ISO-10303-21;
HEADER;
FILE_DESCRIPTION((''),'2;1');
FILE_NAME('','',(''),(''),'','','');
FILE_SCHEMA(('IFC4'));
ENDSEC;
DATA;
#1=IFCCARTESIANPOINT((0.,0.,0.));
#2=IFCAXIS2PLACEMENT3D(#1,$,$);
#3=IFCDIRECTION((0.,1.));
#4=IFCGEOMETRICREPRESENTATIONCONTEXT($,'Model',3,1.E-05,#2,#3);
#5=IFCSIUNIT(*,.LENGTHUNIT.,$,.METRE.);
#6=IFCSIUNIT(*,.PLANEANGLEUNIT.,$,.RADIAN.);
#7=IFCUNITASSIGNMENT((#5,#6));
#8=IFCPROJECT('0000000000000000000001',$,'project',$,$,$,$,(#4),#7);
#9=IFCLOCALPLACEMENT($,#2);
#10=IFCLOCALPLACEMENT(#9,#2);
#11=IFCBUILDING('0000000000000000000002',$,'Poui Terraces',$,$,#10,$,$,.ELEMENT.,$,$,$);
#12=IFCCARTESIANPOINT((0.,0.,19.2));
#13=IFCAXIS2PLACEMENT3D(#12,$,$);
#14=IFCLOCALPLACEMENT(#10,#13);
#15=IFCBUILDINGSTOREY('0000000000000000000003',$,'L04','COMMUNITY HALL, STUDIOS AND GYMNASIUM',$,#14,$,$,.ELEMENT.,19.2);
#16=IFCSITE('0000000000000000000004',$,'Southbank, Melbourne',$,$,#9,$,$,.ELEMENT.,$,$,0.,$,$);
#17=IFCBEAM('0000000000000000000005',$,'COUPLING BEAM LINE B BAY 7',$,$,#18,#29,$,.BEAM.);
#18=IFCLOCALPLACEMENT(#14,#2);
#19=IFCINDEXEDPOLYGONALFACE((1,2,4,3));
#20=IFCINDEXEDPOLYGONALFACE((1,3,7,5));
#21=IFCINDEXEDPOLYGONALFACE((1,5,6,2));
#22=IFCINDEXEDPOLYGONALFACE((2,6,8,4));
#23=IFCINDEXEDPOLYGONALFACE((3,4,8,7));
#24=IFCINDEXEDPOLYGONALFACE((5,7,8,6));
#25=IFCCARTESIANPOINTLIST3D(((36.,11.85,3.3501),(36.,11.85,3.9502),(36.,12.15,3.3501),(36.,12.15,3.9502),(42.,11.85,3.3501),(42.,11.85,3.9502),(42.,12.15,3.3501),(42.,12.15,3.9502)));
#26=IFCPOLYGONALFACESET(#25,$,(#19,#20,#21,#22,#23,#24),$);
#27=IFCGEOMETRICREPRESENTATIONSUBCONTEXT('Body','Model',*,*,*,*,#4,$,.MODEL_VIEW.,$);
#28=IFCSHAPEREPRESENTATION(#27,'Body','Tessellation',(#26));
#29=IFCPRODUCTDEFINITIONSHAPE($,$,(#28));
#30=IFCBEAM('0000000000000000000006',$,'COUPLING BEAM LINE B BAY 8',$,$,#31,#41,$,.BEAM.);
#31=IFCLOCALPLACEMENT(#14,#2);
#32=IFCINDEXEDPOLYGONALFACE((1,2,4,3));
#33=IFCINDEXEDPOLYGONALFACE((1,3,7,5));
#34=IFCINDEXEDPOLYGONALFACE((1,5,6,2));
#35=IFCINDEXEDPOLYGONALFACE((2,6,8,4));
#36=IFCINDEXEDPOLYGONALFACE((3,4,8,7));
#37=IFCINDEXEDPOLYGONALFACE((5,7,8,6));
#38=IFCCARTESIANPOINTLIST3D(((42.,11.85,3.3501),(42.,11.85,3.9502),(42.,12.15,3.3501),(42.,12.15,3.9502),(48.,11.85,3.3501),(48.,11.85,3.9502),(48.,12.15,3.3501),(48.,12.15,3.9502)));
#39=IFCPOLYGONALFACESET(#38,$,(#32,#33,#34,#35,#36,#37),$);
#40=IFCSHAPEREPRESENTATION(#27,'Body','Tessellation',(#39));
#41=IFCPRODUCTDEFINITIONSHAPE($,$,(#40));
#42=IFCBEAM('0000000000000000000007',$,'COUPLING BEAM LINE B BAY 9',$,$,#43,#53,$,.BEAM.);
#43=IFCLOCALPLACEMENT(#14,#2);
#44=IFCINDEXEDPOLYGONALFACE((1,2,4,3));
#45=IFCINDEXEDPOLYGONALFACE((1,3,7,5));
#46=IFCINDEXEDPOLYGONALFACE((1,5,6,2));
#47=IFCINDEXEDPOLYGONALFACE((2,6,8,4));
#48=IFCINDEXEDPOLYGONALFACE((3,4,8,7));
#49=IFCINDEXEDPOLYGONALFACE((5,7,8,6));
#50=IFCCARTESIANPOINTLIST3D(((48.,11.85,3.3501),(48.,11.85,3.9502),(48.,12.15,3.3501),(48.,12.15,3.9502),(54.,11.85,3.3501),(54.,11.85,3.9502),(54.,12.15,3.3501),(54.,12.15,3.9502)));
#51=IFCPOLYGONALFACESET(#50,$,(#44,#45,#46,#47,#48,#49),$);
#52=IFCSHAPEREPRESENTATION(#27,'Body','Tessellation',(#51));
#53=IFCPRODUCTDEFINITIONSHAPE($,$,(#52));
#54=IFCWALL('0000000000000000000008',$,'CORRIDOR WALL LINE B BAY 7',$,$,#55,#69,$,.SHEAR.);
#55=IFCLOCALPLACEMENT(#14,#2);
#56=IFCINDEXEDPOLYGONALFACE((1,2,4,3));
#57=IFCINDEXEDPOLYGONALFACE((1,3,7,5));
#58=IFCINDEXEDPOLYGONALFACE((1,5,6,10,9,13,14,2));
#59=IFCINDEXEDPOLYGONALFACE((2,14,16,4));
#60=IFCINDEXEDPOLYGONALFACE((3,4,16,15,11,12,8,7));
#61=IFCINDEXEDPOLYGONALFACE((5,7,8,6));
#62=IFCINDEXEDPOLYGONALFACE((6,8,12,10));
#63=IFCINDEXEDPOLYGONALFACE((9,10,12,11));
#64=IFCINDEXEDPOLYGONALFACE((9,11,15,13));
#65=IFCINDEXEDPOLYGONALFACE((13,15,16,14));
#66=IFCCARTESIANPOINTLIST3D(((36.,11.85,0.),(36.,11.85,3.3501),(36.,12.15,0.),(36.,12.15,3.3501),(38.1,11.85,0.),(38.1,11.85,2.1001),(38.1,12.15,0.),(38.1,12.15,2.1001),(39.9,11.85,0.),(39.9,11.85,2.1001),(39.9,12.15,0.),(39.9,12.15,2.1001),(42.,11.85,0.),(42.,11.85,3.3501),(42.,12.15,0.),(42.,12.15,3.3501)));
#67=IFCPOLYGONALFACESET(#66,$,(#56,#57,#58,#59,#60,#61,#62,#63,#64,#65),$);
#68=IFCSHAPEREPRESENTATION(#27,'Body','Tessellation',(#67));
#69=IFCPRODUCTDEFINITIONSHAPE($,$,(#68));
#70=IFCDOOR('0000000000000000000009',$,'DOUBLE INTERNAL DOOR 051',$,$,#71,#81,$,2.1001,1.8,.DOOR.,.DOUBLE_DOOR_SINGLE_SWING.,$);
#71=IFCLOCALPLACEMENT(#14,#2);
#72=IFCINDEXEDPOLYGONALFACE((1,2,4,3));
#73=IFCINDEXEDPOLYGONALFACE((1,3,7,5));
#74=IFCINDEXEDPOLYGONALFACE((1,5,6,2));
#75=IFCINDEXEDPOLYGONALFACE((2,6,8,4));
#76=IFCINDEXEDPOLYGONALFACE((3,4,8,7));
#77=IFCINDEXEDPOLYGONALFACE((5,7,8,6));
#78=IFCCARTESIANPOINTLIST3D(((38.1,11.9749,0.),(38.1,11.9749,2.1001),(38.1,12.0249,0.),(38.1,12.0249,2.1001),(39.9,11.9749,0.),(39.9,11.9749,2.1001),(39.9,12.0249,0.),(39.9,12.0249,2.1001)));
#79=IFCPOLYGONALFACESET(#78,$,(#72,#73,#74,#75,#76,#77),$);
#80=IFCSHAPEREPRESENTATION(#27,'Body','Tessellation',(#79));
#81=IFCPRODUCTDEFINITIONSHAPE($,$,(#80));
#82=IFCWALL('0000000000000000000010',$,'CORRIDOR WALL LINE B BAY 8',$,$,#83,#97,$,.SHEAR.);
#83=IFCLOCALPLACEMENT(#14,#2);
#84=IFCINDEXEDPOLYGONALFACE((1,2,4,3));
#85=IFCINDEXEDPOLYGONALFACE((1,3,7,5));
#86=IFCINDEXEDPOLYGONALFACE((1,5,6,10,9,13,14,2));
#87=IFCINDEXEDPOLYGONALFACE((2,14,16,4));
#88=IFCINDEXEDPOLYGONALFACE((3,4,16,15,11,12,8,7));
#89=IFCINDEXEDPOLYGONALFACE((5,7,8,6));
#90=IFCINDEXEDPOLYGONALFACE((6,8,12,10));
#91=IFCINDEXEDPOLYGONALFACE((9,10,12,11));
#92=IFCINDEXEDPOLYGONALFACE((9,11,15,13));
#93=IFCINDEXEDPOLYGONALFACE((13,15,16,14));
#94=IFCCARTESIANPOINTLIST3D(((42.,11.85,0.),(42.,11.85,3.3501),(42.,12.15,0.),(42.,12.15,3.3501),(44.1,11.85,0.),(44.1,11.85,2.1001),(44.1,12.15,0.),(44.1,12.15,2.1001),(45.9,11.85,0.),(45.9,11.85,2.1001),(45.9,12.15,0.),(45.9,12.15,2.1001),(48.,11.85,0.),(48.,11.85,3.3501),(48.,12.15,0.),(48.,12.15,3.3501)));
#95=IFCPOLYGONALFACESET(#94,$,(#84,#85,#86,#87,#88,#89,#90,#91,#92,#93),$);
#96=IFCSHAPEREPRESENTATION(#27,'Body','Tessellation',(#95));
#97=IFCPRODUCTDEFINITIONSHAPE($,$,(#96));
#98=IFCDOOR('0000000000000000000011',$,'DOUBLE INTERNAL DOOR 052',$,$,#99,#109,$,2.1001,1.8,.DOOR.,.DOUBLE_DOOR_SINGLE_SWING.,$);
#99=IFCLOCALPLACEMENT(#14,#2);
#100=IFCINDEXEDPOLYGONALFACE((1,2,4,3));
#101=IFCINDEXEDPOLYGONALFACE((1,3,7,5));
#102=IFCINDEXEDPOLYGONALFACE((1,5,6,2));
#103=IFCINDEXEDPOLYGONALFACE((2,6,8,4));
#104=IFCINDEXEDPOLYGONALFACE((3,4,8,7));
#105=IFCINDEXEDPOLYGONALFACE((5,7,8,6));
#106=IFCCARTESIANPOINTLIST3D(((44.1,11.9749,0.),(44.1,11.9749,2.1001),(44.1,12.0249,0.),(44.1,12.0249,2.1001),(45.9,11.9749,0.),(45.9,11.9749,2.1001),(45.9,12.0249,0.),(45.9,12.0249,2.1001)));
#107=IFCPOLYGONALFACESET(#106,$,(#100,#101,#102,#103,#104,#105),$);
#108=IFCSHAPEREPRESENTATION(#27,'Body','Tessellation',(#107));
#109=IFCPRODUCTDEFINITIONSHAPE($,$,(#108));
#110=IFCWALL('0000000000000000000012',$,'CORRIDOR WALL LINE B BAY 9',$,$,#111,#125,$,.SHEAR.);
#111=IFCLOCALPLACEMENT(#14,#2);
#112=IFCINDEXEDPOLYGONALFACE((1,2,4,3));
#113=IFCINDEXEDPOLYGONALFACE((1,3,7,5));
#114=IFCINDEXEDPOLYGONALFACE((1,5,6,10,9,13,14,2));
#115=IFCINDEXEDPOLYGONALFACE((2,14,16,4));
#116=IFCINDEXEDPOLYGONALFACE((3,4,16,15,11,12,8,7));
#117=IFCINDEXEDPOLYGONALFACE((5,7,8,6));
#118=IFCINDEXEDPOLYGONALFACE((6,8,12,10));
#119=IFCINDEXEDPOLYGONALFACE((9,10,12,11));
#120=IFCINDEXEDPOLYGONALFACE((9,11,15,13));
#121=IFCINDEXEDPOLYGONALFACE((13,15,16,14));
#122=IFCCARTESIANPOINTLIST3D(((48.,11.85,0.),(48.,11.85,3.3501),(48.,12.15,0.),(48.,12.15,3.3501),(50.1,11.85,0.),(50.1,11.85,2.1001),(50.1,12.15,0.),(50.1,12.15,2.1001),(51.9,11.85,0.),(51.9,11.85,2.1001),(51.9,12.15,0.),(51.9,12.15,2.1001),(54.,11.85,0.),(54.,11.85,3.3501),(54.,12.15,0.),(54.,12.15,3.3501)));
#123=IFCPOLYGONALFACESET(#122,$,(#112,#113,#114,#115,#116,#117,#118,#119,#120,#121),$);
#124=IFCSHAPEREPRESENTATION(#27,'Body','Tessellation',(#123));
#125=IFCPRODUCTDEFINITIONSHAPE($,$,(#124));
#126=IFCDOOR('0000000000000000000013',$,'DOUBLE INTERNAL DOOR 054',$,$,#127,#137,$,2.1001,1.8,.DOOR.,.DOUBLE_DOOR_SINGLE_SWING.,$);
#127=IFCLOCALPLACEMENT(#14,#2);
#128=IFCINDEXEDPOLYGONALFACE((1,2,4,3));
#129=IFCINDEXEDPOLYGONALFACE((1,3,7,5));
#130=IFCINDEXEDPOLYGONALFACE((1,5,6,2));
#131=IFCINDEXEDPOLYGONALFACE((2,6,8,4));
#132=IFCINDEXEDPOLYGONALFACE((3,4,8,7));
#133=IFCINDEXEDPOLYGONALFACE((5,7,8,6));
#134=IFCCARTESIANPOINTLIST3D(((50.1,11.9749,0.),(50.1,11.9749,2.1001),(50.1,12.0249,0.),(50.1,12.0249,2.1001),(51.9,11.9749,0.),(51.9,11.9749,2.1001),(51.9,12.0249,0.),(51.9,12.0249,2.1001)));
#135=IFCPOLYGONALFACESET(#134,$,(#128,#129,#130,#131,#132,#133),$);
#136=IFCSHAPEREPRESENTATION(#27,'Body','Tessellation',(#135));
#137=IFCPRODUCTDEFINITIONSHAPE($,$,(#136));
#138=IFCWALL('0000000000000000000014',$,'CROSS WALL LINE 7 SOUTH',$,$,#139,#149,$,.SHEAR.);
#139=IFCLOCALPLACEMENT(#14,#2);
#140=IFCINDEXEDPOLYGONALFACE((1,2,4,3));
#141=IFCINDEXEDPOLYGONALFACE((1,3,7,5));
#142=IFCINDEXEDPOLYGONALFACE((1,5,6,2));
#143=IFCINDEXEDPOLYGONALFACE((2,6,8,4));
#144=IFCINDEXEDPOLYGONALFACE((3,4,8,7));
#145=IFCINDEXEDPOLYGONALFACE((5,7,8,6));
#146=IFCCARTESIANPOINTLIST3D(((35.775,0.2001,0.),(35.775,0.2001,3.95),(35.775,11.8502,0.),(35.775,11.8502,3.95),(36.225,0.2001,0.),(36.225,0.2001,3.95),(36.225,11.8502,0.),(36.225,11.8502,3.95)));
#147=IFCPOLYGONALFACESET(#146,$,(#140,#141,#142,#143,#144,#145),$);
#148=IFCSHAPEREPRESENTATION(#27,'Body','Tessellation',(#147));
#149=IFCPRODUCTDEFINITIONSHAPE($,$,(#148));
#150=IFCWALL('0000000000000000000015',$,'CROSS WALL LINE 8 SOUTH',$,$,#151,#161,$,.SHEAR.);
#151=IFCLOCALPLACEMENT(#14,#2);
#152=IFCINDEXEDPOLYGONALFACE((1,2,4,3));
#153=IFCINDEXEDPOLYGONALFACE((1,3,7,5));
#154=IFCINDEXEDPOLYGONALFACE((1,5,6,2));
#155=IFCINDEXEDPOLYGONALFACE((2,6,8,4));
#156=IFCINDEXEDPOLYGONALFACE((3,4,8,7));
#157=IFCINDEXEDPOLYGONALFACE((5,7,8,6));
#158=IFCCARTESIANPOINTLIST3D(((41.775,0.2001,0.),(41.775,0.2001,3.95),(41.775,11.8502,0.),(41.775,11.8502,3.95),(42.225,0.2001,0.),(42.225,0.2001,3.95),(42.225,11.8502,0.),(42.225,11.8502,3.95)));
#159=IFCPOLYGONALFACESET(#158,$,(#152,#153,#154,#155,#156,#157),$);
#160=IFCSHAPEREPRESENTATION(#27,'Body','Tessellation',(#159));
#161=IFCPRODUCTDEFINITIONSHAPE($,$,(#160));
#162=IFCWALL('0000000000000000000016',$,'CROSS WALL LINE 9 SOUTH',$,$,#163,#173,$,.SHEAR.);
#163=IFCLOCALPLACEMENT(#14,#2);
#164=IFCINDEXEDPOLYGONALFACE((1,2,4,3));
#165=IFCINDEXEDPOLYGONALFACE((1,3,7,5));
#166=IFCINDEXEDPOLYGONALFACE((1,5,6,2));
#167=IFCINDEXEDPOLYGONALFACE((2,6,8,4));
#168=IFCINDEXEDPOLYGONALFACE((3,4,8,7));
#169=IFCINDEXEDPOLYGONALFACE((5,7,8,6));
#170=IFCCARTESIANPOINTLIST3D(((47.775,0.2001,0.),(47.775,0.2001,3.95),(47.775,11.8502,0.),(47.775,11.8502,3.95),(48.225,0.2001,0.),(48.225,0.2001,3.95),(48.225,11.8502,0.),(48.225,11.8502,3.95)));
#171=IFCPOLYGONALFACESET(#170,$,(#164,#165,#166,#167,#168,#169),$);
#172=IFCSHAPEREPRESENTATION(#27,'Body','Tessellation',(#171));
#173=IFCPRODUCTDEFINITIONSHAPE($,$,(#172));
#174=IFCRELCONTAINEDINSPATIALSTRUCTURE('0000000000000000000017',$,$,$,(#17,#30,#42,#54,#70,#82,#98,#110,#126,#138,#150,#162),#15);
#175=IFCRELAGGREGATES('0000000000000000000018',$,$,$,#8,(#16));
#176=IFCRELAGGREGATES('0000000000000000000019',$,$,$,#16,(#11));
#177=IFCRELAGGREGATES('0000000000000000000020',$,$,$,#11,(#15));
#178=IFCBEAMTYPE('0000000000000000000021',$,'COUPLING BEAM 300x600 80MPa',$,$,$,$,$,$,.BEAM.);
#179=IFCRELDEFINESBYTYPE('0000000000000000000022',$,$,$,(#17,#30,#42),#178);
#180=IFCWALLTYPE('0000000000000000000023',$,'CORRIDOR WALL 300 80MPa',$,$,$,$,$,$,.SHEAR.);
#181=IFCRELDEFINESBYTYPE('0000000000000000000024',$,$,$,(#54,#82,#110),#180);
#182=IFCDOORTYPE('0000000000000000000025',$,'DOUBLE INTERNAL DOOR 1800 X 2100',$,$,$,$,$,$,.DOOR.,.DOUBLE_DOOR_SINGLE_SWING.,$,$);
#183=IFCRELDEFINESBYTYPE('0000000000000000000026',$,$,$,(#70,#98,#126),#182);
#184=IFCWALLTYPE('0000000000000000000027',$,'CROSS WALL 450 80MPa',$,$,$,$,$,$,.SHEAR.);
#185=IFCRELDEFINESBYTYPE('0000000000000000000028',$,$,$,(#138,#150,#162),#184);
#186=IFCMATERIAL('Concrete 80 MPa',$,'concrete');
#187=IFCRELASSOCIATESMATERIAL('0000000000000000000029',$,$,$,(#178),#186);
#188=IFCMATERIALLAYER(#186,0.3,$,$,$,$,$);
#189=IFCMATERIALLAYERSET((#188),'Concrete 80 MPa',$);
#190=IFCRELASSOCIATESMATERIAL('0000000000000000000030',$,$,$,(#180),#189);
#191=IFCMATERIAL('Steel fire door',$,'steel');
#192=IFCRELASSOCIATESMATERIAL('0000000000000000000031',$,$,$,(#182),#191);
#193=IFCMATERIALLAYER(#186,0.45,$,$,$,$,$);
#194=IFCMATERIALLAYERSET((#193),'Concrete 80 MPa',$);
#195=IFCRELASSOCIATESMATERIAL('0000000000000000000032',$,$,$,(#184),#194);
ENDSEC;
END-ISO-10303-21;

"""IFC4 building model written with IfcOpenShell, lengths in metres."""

from ifc_helpers import new_model, si_unit, direction, frame, frame_2d, origin, origin_2d, place, context, subcontext, project, spatial, rectangle, extrude, source, transform, mapped, material, layer, layer_set, material_profile, profile_set, type_object, element, fill, save


model = new_model("IFC4")

# Units and contexts
model_context = context("Model", 3, precision=1e-05, world=origin(), true_north=direction((0.0, 1.0)))
body_context = subcontext(model_context, "Body", "Model", "MODEL_VIEW")
ifc_project = project(units=[si_unit("LENGTHUNIT", "METRE"), si_unit("PLANEANGLEUNIT", "RADIAN")], contexts=[model_context])

# Site, building, storey
site_placement = place(None, origin())
site = spatial("IfcSite", under=ifc_project, at=site_placement, Name="Southbank, Melbourne", CompositionType="ELEMENT", RefElevation=0.0)
building_placement = place(site_placement, origin())
building = spatial("IfcBuilding", under=site, at=building_placement, Name="Poui Terraces", CompositionType="ELEMENT")
storey_placement = place(building_placement, frame((0.0, 0.0, 19.2)))
storey = spatial("IfcBuildingStorey", under=building, at=storey_placement, Name="L04", Description="COMMUNITY HALL, STUDIOS AND GYMNASIUM", CompositionType="ELEMENT", Elevation=19.2)

# Beams
ifc_material_1 = material(Name="Concrete 80 MPa", Category="concrete")
ifc_material_profile = material_profile(ifc_material_1, rectangle(XDim=0.3, YDim=0.6001, at=origin_2d()), Name="RC 300x600")
ifc_profile_set = profile_set([ifc_material_profile], Name="Concrete 80 MPa")
beam_type = type_object("IfcBeamType", Name="COUPLING BEAM 300x600 80MPa", PredefinedType="BEAM", material=ifc_profile_set)
shared_shape = source(origin(), body_context, "Body", "SweptSolid", [
    extrude(rectangle(XDim=0.3, YDim=0.6001, at=origin_2d()), origin(), (0.0, 0.0, 1.0), 6.0),
])
for number, where, z_axis, x_axis, name in (
    (1, (36.0, 12.0, 3.6501), (1.0, 0.0, 0.0), (0.0, 1.0, 0.0), "COUPLING BEAM LINE B BAY 7"),
    (2, (42.0, 12.0, 3.6501), (1.0, 0.0, 0.0), (0.0, 1.0, 0.0), "COUPLING BEAM LINE B BAY 8"),
    (3, (48.0, 12.0, 3.6501), (1.0, 0.0, 0.0), (0.0, 1.0, 0.0), "COUPLING BEAM LINE B BAY 9"),
):
    element("IfcBeam", number, at=place(storey_placement, frame(where, z_axis=z_axis, x_axis=x_axis)), inside=storey, type_object=beam_type, Name=name, PredefinedType="BEAM", context=body_context, shape_type="MappedRepresentation", body=[
        mapped(shared_shape, transform((0.0, 0.0, 0.0))),
    ])

# Walls, openings, doors
ifc_layer_1 = layer(ifc_material_1, 0.3)
ifc_layer_set_1 = layer_set([ifc_layer_1], Name="Concrete 80 MPa")
wall_type_1 = type_object("IfcWallType", Name="CORRIDOR WALL 300 80MPa", PredefinedType="SHEAR", material=ifc_layer_set_1)
wall_1_placement = place(storey_placement, frame((36.0, 12.0, 0.0), z_axis=(0.0, 0.0, 1.0), x_axis=(1.0, 0.0, 0.0)))
wall_1 = element("IfcWall", 4, at=wall_1_placement, inside=storey, type_object=wall_type_1, Name="CORRIDOR WALL LINE B BAY 7", PredefinedType="SHEAR", context=body_context, shape_type="SweptSolid", body=[
    extrude(rectangle(XDim=6.0, YDim=0.3, at=frame_2d((3.0, 0.0))), origin(), (0.0, 0.0, 1.0), 3.3501),
])
opening_1_placement = place(wall_1_placement, frame((2.1001, 0.0, 0.0)))
opening_1 = element("IfcOpeningElement", 5, at=opening_1_placement, cuts=wall_1, PredefinedType="OPENING", context=body_context, shape_type="SweptSolid", body=[
    extrude(rectangle(XDim=1.8, YDim=2.1001, at=frame_2d((0.8999, 1.05))), frame((0.0, 0.1602, 0.0), z_axis=(0.0, -1.0, 0.0), x_axis=(1.0, 0.0, 0.0)), (0.0, 0.0, 1.0), 0.3201),
])
ifc_material_2 = material(Name="Steel fire door", Category="steel")
door_type = type_object("IfcDoorType", Name="DOUBLE INTERNAL DOOR 1800 X 2100", OperationType="DOUBLE_DOOR_SINGLE_SWING", PredefinedType="DOOR", material=ifc_material_2)
door_1_placement = place(opening_1_placement, origin())
door_1 = element("IfcDoor", 6, at=door_1_placement, inside=storey, type_object=door_type, Name="DOUBLE INTERNAL DOOR 051", OperationType="DOUBLE_DOOR_SINGLE_SWING", OverallHeight=2.1001, OverallWidth=1.8, PredefinedType="DOOR", context=body_context, shape_type="SweptSolid", body=[
    extrude(rectangle(XDim=1.8, YDim=2.1001, at=frame_2d((0.8999, 1.05))), frame((0.0, 0.0249, 0.0), z_axis=(0.0, -1.0, 0.0), x_axis=(1.0, 0.0, 0.0)), (0.0, 0.0, 1.0), 0.05),
])
fill(opening_1, door_1)
wall_2_placement = place(storey_placement, frame((42.0, 12.0, 0.0), z_axis=(0.0, 0.0, 1.0), x_axis=(1.0, 0.0, 0.0)))
wall_2 = element("IfcWall", 7, at=wall_2_placement, inside=storey, type_object=wall_type_1, Name="CORRIDOR WALL LINE B BAY 8", PredefinedType="SHEAR", context=body_context, shape_type="SweptSolid", body=[
    extrude(rectangle(XDim=6.0, YDim=0.3, at=frame_2d((3.0, 0.0))), origin(), (0.0, 0.0, 1.0), 3.3501),
])
opening_2_placement = place(wall_2_placement, frame((2.1001, 0.0, 0.0)))
opening_2 = element("IfcOpeningElement", 8, at=opening_2_placement, cuts=wall_2, PredefinedType="OPENING", context=body_context, shape_type="SweptSolid", body=[
    extrude(rectangle(XDim=1.8, YDim=2.1001, at=frame_2d((0.8999, 1.05))), frame((0.0, 0.1602, 0.0), z_axis=(0.0, -1.0, 0.0), x_axis=(1.0, 0.0, 0.0)), (0.0, 0.0, 1.0), 0.3201),
])
door_2_placement = place(opening_2_placement, origin())
door_2 = element("IfcDoor", 9, at=door_2_placement, inside=storey, type_object=door_type, Name="DOUBLE INTERNAL DOOR 052", OperationType="DOUBLE_DOOR_SINGLE_SWING", OverallHeight=2.1001, OverallWidth=1.8, PredefinedType="DOOR", context=body_context, shape_type="SweptSolid", body=[
    extrude(rectangle(XDim=1.8, YDim=2.1001, at=frame_2d((0.8999, 1.05))), frame((0.0, 0.0249, 0.0), z_axis=(0.0, -1.0, 0.0), x_axis=(1.0, 0.0, 0.0)), (0.0, 0.0, 1.0), 0.05),
])
fill(opening_2, door_2)
wall_3_placement = place(storey_placement, frame((48.0, 12.0, 0.0), z_axis=(0.0, 0.0, 1.0), x_axis=(1.0, 0.0, 0.0)))
wall_3 = element("IfcWall", 10, at=wall_3_placement, inside=storey, type_object=wall_type_1, Name="CORRIDOR WALL LINE B BAY 9", PredefinedType="SHEAR", context=body_context, shape_type="SweptSolid", body=[
    extrude(rectangle(XDim=6.0, YDim=0.3, at=frame_2d((3.0, 0.0))), origin(), (0.0, 0.0, 1.0), 3.3501),
])
opening_3_placement = place(wall_3_placement, frame((2.1001, 0.0, 0.0)))
opening_3 = element("IfcOpeningElement", 11, at=opening_3_placement, cuts=wall_3, PredefinedType="OPENING", context=body_context, shape_type="SweptSolid", body=[
    extrude(rectangle(XDim=1.8, YDim=2.1001, at=frame_2d((0.8999, 1.05))), frame((0.0, 0.1602, 0.0), z_axis=(0.0, -1.0, 0.0), x_axis=(1.0, 0.0, 0.0)), (0.0, 0.0, 1.0), 0.3201),
])
door_3_placement = place(opening_3_placement, origin())
door_3 = element("IfcDoor", 12, at=door_3_placement, inside=storey, type_object=door_type, Name="DOUBLE INTERNAL DOOR 054", OperationType="DOUBLE_DOOR_SINGLE_SWING", OverallHeight=2.1001, OverallWidth=1.8, PredefinedType="DOOR", context=body_context, shape_type="SweptSolid", body=[
    extrude(rectangle(XDim=1.8, YDim=2.1001, at=frame_2d((0.8999, 1.05))), frame((0.0, 0.0249, 0.0), z_axis=(0.0, -1.0, 0.0), x_axis=(1.0, 0.0, 0.0)), (0.0, 0.0, 1.0), 0.05),
])
fill(opening_3, door_3)

# Walls
ifc_layer_2 = layer(ifc_material_1, 0.45)
ifc_layer_set_2 = layer_set([ifc_layer_2], Name="Concrete 80 MPa")
wall_type_2 = type_object("IfcWallType", Name="CROSS WALL 450 80MPa", PredefinedType="SHEAR", material=ifc_layer_set_2)
for number, where, z_axis, x_axis, name in (
    (13, (36.0, 0.2, 0.0), (0.0, 0.0, 1.0), (0.0, 1.0, 0.0), "CROSS WALL LINE 7 SOUTH"),
    (14, (42.0, 0.2, 0.0), (0.0, 0.0, 1.0), (0.0, 1.0, 0.0), "CROSS WALL LINE 8 SOUTH"),
    (15, (48.0, 0.2, 0.0), (0.0, 0.0, 1.0), (0.0, 1.0, 0.0), "CROSS WALL LINE 9 SOUTH"),
):
    element("IfcWall", number, at=place(storey_placement, frame(where, z_axis=z_axis, x_axis=x_axis)), inside=storey, type_object=wall_type_2, Name=name, PredefinedType="SHEAR", context=body_context, shape_type="SweptSolid", body=[
        extrude(rectangle(XDim=11.6501, YDim=0.45, at=frame_2d((5.8252, 0.0))), origin(), (0.0, 0.0, 1.0), 3.95),
    ])

save(model, "model.ifc")
